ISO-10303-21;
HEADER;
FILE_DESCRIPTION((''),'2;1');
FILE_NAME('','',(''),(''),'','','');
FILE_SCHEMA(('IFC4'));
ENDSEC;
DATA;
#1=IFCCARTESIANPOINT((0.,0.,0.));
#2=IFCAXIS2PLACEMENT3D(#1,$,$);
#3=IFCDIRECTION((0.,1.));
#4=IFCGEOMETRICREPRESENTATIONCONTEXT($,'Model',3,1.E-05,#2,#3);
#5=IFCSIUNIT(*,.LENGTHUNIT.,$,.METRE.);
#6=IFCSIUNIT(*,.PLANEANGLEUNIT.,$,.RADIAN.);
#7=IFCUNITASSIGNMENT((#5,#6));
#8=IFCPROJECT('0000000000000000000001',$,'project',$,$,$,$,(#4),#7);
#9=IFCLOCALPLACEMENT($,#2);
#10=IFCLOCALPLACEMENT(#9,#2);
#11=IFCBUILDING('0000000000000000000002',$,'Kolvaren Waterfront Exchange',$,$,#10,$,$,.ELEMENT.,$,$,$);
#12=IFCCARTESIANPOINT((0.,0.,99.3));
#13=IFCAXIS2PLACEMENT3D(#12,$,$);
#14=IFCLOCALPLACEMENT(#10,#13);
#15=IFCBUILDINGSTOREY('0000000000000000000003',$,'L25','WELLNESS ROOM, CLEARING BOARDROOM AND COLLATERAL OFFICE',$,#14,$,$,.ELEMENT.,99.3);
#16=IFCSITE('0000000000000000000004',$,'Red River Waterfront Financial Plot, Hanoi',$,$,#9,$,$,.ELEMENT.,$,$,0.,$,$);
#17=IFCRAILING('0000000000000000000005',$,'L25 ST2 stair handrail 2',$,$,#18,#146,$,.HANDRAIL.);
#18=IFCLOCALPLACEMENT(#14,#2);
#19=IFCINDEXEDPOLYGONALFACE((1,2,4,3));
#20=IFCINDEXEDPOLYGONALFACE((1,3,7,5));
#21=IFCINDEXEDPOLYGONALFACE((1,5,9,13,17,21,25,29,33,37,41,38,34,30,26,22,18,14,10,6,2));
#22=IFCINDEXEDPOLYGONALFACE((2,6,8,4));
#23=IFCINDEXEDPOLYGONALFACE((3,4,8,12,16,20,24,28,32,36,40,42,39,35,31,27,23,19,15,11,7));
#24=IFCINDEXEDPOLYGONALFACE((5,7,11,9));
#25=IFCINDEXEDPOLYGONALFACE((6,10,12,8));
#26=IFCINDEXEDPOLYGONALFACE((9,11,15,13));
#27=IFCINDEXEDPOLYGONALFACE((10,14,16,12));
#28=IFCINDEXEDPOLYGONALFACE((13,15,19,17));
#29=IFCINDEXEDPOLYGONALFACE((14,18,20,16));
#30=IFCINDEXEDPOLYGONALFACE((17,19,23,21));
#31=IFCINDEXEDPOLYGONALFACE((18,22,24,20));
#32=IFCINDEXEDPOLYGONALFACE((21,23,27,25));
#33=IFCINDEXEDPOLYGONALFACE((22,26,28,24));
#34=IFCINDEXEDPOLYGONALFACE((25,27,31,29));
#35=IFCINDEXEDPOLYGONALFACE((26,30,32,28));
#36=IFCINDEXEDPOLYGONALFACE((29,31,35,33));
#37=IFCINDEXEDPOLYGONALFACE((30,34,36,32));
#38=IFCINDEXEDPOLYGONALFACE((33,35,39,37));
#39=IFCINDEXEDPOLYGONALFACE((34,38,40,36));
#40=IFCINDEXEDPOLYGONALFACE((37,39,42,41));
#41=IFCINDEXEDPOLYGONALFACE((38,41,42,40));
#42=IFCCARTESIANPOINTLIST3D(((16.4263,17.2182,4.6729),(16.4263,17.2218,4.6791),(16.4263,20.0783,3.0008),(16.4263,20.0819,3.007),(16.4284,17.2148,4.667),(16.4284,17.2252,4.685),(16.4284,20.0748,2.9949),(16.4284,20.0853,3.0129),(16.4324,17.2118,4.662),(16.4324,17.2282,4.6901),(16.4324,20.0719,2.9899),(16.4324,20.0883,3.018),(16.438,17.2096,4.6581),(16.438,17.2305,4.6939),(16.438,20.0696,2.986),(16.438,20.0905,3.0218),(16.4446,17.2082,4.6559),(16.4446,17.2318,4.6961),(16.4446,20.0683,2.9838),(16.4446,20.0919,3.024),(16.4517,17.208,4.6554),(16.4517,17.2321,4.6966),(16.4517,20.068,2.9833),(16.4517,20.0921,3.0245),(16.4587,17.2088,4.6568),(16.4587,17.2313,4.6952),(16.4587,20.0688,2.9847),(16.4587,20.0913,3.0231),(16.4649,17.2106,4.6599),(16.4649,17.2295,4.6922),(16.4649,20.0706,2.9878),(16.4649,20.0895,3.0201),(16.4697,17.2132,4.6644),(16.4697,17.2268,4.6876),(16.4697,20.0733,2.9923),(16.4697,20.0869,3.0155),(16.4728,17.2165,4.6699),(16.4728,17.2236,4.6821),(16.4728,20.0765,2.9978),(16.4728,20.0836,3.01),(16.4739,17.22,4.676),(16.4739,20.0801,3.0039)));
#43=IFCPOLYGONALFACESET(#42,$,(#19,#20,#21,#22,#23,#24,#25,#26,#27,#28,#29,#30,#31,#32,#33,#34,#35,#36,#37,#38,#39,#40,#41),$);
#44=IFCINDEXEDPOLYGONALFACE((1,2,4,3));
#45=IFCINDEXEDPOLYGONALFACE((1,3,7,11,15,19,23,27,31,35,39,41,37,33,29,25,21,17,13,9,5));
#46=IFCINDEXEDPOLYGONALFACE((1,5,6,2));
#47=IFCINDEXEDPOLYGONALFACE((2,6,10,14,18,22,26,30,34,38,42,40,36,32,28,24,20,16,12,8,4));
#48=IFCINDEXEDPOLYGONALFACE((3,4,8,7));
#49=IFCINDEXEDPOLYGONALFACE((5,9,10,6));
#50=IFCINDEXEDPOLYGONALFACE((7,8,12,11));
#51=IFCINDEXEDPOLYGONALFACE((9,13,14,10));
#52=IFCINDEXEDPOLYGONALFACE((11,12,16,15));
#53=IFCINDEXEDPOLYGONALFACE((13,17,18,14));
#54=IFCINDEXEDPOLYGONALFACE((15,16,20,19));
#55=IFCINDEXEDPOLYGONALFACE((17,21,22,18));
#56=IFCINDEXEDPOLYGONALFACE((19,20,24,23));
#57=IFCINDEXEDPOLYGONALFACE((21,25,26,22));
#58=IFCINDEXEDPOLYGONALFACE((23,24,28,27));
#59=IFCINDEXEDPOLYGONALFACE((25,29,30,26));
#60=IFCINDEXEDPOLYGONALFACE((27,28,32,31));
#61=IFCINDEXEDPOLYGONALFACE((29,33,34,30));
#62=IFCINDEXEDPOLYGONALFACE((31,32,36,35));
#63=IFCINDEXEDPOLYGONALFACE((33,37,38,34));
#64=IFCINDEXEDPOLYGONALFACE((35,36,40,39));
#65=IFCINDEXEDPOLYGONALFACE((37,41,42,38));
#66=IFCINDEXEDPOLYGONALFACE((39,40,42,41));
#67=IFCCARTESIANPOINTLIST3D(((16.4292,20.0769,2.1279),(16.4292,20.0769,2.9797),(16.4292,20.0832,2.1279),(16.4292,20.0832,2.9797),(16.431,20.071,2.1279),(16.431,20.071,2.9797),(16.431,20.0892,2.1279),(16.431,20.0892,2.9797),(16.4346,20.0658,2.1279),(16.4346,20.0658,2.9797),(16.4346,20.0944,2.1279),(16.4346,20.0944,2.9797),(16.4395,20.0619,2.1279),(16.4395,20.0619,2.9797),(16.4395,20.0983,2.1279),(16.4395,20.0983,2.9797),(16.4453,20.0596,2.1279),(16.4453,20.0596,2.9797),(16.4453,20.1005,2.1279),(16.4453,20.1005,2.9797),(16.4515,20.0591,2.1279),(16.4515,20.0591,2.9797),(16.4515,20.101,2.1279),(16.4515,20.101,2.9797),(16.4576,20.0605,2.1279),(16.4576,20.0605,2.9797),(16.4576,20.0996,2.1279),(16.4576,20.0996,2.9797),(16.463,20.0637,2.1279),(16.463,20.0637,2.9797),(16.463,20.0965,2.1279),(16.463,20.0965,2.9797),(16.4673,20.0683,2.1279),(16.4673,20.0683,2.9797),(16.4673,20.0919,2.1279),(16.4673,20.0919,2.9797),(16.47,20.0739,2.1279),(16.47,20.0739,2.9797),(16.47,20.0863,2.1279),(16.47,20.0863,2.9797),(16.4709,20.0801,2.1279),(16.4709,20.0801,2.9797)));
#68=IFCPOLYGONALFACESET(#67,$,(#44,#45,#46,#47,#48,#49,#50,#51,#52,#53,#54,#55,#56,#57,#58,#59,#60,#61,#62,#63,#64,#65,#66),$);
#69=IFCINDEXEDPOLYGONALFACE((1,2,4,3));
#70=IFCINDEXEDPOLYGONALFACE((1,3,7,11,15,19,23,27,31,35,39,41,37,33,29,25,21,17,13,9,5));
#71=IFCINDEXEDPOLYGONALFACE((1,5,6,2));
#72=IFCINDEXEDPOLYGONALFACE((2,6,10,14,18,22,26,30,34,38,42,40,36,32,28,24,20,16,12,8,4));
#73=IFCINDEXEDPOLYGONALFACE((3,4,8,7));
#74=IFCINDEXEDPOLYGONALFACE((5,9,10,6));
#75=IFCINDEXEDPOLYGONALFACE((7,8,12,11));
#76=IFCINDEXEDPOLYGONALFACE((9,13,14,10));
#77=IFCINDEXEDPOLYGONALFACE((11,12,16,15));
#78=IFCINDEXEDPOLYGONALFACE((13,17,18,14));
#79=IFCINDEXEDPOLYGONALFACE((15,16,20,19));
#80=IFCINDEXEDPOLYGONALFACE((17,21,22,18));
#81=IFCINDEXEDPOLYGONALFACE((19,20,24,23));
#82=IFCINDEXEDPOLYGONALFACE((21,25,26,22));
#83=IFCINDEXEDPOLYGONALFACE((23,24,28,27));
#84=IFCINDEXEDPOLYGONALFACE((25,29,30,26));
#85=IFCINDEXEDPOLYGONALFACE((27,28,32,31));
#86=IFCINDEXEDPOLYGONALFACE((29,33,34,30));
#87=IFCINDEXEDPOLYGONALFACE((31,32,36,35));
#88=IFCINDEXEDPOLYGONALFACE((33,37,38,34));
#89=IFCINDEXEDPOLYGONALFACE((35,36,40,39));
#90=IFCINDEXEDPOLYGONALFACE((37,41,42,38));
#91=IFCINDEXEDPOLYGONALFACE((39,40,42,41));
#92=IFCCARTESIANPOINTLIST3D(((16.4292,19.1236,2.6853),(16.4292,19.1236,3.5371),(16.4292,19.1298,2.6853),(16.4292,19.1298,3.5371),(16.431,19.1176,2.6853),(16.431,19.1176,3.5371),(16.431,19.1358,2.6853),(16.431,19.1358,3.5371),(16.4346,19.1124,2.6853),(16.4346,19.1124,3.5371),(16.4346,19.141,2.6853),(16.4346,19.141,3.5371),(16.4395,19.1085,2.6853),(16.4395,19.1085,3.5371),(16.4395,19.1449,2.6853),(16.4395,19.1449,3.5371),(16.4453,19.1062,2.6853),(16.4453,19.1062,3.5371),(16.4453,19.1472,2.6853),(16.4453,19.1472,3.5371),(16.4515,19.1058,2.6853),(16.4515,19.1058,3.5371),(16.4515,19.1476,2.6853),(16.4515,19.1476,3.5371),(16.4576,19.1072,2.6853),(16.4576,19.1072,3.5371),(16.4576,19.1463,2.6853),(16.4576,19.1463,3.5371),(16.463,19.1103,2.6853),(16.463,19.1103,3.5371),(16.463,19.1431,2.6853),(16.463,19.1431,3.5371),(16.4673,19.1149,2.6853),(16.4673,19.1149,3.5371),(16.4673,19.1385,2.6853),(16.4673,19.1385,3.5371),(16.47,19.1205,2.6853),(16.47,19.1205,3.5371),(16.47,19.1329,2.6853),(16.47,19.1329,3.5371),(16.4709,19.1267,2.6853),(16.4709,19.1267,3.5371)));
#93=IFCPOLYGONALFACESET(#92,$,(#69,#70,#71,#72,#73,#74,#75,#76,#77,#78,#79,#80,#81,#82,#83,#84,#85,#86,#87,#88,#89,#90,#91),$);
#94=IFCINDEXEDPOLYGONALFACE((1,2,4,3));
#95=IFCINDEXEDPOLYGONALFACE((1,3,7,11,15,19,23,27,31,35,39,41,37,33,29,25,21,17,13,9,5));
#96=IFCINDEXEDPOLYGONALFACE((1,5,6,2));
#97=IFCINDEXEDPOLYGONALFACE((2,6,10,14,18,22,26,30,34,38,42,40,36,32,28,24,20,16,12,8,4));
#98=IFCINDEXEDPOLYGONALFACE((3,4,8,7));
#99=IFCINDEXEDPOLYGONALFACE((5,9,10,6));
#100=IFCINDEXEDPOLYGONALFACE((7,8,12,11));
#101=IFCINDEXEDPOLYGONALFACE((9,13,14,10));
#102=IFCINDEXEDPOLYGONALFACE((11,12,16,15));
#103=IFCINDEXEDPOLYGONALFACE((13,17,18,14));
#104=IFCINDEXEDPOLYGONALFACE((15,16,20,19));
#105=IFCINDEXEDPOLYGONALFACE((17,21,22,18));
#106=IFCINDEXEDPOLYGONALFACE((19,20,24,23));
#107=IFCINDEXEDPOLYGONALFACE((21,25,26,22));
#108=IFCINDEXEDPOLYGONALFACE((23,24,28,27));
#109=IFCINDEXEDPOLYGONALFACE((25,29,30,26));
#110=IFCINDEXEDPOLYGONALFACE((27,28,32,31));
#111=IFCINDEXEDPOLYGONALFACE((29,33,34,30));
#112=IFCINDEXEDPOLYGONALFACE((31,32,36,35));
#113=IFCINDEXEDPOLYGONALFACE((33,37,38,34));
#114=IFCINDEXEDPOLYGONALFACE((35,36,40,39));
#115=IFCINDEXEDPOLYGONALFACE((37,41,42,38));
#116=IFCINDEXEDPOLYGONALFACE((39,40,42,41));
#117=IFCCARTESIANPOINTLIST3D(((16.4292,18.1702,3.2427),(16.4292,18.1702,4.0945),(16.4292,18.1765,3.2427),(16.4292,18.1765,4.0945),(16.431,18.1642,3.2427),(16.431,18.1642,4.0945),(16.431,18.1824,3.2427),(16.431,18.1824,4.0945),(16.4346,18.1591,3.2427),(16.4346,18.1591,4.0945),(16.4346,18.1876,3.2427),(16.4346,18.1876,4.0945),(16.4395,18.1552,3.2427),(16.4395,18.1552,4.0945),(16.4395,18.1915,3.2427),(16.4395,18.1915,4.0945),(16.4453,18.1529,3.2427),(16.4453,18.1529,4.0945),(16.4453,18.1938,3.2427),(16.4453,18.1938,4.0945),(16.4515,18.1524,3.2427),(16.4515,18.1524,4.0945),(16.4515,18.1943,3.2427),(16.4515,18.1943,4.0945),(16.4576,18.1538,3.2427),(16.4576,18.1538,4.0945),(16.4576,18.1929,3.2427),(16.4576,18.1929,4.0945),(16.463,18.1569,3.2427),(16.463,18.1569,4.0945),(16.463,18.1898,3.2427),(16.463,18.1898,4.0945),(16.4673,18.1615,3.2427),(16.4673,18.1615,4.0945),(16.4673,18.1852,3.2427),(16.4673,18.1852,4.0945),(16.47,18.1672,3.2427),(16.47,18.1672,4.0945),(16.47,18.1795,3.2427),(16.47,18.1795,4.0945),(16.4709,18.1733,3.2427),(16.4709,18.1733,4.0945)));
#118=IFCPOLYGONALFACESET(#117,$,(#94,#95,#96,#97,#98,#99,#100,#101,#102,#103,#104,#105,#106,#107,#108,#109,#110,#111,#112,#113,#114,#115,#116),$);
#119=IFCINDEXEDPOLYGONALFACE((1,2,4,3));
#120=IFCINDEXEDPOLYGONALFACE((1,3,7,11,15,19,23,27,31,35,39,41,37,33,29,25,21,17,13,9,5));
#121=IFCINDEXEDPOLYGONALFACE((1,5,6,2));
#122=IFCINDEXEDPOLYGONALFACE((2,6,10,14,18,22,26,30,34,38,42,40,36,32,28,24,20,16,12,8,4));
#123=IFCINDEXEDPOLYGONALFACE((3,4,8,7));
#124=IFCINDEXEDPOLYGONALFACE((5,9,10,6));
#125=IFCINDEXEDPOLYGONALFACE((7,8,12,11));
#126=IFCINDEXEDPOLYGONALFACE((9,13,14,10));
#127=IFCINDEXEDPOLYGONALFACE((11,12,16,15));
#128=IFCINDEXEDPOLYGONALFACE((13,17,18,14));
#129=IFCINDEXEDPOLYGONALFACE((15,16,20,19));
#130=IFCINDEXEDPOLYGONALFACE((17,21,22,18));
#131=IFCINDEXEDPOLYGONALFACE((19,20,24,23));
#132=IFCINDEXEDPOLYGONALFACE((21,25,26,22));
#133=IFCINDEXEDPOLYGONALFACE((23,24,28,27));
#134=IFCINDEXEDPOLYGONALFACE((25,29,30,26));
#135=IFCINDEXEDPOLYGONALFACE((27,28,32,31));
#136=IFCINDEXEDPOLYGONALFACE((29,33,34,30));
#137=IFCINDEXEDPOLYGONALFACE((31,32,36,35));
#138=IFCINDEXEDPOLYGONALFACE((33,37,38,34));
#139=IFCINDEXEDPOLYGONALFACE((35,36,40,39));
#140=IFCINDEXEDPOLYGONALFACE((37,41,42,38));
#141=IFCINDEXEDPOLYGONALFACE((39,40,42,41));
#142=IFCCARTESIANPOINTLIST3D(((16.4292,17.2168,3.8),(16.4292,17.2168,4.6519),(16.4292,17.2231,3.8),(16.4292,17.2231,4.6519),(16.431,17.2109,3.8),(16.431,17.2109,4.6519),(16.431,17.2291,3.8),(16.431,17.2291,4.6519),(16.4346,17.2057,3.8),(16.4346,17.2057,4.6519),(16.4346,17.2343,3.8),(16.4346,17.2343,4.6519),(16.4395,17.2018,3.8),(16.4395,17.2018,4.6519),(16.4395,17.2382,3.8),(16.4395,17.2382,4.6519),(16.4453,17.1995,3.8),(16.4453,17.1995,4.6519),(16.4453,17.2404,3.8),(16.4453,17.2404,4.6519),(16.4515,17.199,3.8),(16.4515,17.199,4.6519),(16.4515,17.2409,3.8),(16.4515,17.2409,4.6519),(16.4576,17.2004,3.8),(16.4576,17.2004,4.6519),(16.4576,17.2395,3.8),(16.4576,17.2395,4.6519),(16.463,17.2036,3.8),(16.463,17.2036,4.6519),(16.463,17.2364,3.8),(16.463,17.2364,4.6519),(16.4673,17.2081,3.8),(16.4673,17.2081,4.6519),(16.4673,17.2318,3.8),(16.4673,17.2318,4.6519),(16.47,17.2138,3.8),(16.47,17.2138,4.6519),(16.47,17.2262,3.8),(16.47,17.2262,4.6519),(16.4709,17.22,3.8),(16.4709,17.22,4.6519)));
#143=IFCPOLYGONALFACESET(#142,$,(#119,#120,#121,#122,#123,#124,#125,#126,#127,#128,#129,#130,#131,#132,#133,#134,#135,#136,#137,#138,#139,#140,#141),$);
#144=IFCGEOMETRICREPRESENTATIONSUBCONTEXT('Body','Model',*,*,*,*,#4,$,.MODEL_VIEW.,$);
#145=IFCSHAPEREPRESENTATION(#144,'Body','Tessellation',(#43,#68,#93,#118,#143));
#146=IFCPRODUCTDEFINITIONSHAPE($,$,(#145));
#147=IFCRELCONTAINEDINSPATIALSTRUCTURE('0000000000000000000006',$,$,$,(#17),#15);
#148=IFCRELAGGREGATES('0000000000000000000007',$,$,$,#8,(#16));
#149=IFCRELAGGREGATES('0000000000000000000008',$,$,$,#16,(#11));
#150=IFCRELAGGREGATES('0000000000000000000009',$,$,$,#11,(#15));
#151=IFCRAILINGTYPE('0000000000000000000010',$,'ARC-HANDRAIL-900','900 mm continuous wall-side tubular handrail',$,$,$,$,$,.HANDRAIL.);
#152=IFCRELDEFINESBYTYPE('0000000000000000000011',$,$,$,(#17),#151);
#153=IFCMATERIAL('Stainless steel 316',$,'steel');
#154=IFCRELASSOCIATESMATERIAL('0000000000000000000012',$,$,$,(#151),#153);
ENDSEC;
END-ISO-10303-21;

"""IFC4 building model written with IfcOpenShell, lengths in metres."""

from ifc_helpers import new_model, si_unit, direction, frame, origin, origin_2d, place, context, subcontext, project, spatial, circle, extrude, material, type_object, element, save


model = new_model("IFC4")

# Units and contexts
model_context = context("Model", 3, precision=1e-05, world=origin(), true_north=direction((0.0, 1.0)))
body_context = subcontext(model_context, "Body", "Model", "MODEL_VIEW")
ifc_project = project(units=[si_unit("LENGTHUNIT", "METRE"), si_unit("PLANEANGLEUNIT", "RADIAN")], contexts=[model_context])

# Site, building, storey
site_placement = place(None, origin())
site = spatial("IfcSite", under=ifc_project, at=site_placement, Name="Red River Waterfront Financial Plot, Hanoi", CompositionType="ELEMENT", RefElevation=0.0)
building_placement = place(site_placement, origin())
building = spatial("IfcBuilding", under=site, at=building_placement, Name="Kolvaren Waterfront Exchange", CompositionType="ELEMENT")
storey_placement = place(building_placement, frame((0.0, 0.0, 99.3)))
storey = spatial("IfcBuildingStorey", under=building, at=storey_placement, Name="L25", Description="WELLNESS ROOM, CLEARING BOARDROOM AND COLLATERAL OFFICE", CompositionType="ELEMENT", Elevation=99.3)

# Railing
ifc_material_1 = material(Name="Stainless steel 316", Category="steel")
railing_type_1 = type_object("IfcRailingType", Name="ARC-HANDRAIL-900", Description="900 mm continuous wall-side tubular handrail", PredefinedType="HANDRAIL", material=ifc_material_1)
railing_1_placement = place(storey_placement, frame((16.45, 20.0801, 2.1279)))
element("IfcRailing", 1, at=railing_1_placement, inside=storey, type_object=railing_type_1, Name="L25 ST2 stair handrail 2", PredefinedType="HANDRAIL", context=body_context, shape_type="SweptSolid", body=[
    extrude(circle(Radius=0.0239, at=origin_2d()), frame((0.0, 0.0, 0.876), z_axis=(0.0, -0.863289, 0.504709), x_axis=(1.0, 0.0, 0.0)), (0.0, 0.0, 1.0), 3.313),
    extrude(circle(Radius=0.021, at=origin_2d()), origin(), (0.0, 0.0, 1.0), 0.8518),
    extrude(circle(Radius=0.021, at=origin_2d()), frame((0.0, -0.9534, 0.5574)), (0.0, 0.0, 1.0), 0.8518),
    extrude(circle(Radius=0.021, at=origin_2d()), frame((0.0, -1.9067, 1.1147)), (0.0, 0.0, 1.0), 0.8518),
    extrude(circle(Radius=0.021, at=origin_2d()), frame((0.0, -2.8601, 1.6721)), (0.0, 0.0, 1.0), 0.8518),
])

save(model, "model.ifc")
